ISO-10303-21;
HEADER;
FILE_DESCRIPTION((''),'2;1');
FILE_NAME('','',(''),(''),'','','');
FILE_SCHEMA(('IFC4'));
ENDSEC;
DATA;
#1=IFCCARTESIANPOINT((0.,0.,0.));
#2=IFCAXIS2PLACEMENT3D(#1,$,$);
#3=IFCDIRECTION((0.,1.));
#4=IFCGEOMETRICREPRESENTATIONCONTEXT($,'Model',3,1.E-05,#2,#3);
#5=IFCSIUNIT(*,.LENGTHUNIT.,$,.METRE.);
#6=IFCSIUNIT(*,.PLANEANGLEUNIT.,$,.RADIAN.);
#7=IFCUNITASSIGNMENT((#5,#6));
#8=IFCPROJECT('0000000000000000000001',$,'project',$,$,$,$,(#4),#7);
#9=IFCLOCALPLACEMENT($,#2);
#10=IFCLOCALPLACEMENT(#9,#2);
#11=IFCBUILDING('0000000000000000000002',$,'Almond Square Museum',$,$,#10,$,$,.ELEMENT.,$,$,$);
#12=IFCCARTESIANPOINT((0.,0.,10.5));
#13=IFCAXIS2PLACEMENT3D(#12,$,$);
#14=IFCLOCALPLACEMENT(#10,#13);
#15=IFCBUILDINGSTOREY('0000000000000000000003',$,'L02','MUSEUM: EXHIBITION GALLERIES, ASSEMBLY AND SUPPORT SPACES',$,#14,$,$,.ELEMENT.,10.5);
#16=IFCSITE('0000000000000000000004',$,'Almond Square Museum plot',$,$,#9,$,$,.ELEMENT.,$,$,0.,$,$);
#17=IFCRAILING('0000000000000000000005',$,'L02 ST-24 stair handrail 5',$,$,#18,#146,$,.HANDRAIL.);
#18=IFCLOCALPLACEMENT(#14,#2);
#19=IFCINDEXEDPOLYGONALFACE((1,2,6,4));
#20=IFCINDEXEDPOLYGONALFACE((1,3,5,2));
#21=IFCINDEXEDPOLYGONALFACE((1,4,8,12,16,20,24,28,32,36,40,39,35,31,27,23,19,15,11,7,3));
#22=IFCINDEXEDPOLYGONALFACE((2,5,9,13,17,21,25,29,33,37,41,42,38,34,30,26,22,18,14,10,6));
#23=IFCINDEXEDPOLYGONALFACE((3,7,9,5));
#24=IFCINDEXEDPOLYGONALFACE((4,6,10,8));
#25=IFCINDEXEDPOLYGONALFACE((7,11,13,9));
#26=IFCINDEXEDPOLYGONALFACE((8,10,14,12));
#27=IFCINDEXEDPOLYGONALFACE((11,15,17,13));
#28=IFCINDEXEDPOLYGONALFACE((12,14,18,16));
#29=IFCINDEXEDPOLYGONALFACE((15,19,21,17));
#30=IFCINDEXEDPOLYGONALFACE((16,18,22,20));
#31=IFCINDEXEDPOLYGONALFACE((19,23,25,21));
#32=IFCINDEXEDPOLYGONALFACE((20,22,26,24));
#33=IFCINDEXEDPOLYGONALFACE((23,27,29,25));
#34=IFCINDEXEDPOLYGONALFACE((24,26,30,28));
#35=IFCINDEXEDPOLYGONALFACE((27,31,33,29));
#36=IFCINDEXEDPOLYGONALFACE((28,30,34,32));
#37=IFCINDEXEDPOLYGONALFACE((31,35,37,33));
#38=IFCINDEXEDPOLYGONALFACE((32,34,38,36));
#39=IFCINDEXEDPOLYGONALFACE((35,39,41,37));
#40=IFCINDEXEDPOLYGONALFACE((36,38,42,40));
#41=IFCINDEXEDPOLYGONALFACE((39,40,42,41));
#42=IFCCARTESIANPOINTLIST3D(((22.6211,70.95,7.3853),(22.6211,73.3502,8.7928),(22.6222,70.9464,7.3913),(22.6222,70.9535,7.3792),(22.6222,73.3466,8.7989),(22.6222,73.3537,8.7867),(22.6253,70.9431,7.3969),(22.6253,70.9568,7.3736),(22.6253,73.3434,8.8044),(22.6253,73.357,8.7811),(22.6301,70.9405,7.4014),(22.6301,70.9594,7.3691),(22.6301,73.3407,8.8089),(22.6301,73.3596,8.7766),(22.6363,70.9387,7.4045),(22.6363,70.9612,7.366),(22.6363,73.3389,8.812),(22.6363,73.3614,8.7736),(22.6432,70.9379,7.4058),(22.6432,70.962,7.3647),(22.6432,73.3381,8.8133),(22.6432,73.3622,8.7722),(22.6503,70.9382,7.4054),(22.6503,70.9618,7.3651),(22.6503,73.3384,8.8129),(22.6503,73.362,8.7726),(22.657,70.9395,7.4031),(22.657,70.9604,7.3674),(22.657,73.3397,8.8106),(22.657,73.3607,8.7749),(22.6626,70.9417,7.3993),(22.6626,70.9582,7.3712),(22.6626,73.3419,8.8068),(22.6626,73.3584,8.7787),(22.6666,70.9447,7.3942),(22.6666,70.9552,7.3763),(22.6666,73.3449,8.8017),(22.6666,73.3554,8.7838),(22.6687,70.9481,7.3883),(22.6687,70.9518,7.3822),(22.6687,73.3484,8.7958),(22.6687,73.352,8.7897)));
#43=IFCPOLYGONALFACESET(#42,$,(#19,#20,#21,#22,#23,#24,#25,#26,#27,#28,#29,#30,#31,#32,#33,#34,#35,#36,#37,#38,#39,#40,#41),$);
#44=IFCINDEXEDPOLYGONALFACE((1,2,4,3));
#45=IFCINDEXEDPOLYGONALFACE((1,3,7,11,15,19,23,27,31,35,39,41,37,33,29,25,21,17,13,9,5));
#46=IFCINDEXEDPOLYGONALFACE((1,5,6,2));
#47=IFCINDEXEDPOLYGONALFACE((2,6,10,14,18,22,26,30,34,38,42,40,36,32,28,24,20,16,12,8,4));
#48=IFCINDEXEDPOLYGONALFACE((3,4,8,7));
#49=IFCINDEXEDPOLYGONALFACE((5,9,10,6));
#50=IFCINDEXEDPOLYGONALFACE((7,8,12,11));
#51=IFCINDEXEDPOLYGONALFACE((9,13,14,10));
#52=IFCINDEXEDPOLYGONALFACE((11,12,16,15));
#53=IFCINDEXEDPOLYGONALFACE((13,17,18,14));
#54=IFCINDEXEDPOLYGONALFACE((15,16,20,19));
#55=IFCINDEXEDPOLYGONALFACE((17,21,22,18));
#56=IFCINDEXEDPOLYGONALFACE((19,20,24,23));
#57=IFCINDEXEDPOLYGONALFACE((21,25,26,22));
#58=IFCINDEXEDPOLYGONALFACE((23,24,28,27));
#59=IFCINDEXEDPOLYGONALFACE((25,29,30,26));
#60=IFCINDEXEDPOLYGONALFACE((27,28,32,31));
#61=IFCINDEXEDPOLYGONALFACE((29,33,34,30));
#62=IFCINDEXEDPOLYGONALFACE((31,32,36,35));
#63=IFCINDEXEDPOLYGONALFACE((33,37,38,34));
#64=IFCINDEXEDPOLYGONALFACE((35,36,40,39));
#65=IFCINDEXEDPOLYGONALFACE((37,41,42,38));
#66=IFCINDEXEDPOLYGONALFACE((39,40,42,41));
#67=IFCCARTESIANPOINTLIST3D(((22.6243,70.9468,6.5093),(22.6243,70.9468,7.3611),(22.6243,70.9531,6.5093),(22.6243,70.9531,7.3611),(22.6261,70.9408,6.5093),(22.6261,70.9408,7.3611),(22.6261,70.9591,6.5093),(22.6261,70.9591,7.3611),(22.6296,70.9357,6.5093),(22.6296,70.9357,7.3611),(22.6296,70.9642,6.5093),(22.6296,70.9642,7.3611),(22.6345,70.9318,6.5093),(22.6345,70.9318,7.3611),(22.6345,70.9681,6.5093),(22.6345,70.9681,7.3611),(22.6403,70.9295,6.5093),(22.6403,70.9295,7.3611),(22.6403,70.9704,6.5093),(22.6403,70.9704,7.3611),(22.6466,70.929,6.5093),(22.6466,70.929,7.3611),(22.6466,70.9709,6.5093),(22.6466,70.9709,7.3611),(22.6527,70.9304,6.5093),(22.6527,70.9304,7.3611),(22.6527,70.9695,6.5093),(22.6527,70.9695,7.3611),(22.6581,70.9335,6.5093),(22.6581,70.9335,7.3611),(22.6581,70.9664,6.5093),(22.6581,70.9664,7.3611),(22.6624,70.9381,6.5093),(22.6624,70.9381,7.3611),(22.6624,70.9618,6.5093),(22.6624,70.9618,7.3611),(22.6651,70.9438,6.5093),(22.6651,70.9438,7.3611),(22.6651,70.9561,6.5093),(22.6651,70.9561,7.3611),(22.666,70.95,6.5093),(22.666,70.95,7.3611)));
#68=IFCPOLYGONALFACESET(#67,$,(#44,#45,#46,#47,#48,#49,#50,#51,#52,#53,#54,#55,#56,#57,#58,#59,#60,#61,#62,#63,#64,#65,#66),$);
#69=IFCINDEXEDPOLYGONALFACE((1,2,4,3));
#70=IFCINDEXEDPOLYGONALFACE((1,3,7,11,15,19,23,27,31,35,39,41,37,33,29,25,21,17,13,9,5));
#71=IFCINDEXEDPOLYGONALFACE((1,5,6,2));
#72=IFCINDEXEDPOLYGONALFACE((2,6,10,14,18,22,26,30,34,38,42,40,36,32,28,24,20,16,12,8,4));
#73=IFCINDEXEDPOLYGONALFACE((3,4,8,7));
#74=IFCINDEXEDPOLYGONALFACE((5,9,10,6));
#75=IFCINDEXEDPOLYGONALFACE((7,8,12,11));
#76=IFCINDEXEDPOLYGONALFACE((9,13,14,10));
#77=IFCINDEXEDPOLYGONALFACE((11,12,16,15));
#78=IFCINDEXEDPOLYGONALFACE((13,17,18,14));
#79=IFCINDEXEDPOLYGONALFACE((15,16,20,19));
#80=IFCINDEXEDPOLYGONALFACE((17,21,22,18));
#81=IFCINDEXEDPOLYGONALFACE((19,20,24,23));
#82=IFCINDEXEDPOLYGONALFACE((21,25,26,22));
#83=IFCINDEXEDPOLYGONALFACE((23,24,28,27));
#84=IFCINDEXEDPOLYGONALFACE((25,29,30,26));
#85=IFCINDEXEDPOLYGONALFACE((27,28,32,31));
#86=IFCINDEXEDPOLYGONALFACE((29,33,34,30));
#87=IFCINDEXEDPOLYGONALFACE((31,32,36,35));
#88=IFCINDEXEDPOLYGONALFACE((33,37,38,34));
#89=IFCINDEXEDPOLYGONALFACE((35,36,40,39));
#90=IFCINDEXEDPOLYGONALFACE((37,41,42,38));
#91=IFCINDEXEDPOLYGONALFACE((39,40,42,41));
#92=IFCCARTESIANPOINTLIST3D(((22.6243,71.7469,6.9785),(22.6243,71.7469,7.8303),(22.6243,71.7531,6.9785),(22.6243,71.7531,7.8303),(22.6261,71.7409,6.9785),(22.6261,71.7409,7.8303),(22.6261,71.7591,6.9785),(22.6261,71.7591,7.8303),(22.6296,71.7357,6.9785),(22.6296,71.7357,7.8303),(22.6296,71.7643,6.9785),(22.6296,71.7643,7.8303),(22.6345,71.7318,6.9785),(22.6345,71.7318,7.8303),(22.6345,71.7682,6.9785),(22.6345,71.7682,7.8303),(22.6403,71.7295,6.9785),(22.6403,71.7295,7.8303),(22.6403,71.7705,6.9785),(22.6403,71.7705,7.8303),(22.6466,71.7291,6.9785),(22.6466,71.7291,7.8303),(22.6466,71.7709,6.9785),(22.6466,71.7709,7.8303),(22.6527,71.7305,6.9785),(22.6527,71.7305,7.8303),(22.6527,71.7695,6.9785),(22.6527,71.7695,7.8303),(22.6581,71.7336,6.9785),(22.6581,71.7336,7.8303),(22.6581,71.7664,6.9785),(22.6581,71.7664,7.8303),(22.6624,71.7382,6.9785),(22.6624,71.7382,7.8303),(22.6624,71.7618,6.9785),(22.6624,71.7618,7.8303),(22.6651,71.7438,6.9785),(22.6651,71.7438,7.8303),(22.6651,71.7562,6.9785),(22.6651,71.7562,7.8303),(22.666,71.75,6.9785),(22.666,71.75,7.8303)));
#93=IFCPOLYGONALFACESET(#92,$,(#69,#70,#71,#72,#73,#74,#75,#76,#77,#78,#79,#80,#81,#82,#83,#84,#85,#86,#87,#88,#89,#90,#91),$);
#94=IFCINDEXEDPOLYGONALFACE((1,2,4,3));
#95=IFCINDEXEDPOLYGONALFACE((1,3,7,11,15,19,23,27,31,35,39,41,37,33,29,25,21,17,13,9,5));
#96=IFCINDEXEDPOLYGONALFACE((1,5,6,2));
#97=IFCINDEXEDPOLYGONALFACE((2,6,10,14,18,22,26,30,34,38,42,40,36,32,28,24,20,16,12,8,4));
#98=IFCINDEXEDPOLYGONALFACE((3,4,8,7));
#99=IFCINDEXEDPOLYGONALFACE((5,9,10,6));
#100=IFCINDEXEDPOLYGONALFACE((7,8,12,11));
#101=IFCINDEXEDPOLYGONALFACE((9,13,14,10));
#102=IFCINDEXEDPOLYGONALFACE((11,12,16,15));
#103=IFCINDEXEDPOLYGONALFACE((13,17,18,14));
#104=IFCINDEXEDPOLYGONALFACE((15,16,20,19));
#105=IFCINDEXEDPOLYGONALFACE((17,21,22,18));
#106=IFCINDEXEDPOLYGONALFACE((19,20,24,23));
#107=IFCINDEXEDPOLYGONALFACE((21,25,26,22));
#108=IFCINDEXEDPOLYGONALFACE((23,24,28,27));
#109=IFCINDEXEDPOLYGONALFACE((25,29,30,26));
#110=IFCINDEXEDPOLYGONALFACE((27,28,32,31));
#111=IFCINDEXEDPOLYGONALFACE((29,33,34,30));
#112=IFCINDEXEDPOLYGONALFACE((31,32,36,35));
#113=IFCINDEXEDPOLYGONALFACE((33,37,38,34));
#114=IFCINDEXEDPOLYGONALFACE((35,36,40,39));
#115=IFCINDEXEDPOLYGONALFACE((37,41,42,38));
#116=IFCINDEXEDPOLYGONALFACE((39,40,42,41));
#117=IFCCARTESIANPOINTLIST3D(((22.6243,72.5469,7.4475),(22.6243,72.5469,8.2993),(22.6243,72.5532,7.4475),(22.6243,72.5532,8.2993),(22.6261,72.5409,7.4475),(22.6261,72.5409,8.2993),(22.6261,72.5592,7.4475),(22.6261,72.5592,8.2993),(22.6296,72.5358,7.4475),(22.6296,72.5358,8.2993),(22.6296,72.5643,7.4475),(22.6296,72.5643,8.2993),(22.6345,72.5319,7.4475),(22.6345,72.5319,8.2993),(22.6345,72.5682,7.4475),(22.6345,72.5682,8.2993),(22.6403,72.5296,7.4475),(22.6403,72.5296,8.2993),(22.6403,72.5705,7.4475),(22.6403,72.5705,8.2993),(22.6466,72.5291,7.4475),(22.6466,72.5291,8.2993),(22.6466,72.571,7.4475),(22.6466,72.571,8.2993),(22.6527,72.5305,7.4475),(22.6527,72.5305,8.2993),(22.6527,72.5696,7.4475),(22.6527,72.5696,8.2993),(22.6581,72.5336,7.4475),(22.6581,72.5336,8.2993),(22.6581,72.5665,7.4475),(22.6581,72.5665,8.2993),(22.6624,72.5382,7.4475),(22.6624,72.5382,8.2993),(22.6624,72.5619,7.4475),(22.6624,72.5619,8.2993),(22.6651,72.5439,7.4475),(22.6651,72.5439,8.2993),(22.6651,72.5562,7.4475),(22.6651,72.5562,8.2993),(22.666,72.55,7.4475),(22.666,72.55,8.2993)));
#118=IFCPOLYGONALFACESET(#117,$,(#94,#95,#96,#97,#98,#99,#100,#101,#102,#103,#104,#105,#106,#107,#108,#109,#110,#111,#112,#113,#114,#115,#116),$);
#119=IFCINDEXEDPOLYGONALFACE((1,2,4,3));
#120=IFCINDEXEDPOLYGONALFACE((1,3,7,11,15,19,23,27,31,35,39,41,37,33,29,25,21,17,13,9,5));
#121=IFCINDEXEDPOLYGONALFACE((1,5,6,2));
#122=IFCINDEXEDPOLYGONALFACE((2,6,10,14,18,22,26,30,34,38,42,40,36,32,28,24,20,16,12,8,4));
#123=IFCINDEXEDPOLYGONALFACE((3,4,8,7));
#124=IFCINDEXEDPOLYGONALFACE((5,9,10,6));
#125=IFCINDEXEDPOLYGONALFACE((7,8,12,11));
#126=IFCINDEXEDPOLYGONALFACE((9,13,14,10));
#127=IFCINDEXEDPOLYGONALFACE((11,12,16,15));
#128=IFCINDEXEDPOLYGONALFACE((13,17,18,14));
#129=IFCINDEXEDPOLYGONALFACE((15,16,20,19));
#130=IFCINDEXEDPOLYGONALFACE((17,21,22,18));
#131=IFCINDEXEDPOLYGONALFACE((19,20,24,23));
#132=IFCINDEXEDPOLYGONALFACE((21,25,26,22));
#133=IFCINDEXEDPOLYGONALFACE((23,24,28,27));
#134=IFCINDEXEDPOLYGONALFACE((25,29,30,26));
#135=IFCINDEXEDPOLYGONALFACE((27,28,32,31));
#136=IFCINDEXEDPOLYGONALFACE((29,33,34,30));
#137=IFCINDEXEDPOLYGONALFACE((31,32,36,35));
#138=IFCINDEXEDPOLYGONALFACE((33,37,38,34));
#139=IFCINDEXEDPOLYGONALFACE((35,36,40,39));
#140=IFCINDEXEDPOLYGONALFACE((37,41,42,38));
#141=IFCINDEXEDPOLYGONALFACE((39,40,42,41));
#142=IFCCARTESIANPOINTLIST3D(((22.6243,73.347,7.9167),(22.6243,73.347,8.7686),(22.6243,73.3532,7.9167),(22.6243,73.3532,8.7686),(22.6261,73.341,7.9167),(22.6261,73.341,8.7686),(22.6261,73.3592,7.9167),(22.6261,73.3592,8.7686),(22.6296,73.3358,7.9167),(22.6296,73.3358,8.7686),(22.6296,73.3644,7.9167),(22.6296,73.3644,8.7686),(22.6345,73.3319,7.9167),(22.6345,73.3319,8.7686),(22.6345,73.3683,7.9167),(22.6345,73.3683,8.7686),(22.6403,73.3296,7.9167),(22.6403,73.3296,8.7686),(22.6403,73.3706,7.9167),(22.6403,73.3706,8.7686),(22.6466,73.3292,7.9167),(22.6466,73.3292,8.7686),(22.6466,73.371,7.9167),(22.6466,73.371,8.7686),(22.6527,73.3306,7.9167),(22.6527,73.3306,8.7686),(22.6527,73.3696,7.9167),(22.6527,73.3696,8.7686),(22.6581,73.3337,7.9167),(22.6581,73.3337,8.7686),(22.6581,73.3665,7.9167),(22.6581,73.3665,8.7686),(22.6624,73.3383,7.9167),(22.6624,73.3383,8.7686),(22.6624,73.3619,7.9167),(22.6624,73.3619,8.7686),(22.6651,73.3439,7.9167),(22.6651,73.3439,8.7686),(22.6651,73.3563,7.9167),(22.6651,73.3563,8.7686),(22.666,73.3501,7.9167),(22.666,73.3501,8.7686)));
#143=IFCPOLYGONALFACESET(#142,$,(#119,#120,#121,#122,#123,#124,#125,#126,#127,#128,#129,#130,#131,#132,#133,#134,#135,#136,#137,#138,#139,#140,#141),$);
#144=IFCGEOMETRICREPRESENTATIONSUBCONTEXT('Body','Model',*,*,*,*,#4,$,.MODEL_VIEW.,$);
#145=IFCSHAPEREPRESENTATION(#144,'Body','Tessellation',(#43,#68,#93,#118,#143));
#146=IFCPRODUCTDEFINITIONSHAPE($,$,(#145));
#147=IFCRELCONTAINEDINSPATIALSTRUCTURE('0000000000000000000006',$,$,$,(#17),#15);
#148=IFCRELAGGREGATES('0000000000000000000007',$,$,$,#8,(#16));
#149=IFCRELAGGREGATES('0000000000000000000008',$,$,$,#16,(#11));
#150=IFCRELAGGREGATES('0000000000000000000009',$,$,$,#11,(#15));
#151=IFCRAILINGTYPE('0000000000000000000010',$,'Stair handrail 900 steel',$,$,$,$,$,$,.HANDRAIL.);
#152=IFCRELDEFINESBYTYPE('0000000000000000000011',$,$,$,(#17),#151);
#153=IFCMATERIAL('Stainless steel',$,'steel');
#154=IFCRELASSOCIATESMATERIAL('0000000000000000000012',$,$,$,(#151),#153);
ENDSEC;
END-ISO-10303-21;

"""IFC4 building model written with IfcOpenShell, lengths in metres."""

from ifc_helpers import new_model, si_unit, direction, frame, origin, origin_2d, place, context, subcontext, project, spatial, circle, extrude, material, type_object, element, save


model = new_model("IFC4")

# Units and contexts
model_context = context("Model", 3, precision=1e-05, world=origin(), true_north=direction((0.0, 1.0)))
body_context = subcontext(model_context, "Body", "Model", "MODEL_VIEW")
ifc_project = project(units=[si_unit("LENGTHUNIT", "METRE"), si_unit("PLANEANGLEUNIT", "RADIAN")], contexts=[model_context])

# Site, building, storey
site_placement = place(None, origin())
site = spatial("IfcSite", under=ifc_project, at=site_placement, Name="Almond Square Museum plot", CompositionType="ELEMENT", RefElevation=0.0)
building_placement = place(site_placement, origin())
building = spatial("IfcBuilding", under=site, at=building_placement, Name="Almond Square Museum", CompositionType="ELEMENT")
storey_placement = place(building_placement, frame((0.0, 0.0, 10.5)))
storey = spatial("IfcBuildingStorey", under=building, at=storey_placement, Name="L02", Description="MUSEUM: EXHIBITION GALLERIES, ASSEMBLY AND SUPPORT SPACES", CompositionType="ELEMENT", Elevation=10.5)

# Railing
ifc_material_1 = material(Name="Stainless steel", Category="steel")
railing_type_1 = type_object("IfcRailingType", Name="Stair handrail 900 steel", PredefinedType="HANDRAIL", material=ifc_material_1)
railing_1_placement = place(storey_placement, frame((22.645, 70.95, 6.5093)))
element("IfcRailing", 1, at=railing_1_placement, inside=storey, type_object=railing_type_1, Name="L02 ST-24 stair handrail 5", PredefinedType="HANDRAIL", context=body_context, shape_type="SweptSolid", body=[
    extrude(circle(Radius=0.0239, at=origin_2d()), frame((0.0, 0.0, 0.876), z_axis=(0.0, 0.862621, 0.50585), x_axis=(-1.0, 0.0, 0.0)), (0.0, 0.0, 1.0), 2.7825),
    extrude(circle(Radius=0.021, at=origin_2d()), origin(), (0.0, 0.0, 1.0), 0.8518),
    extrude(circle(Radius=0.021, at=origin_2d()), frame((0.0, 0.8, 0.4692)), (0.0, 0.0, 1.0), 0.8518),
    extrude(circle(Radius=0.021, at=origin_2d()), frame((0.0, 1.6001, 0.9382)), (0.0, 0.0, 1.0), 0.8518),
    extrude(circle(Radius=0.021, at=origin_2d()), frame((0.0, 2.4001, 1.4075)), (0.0, 0.0, 1.0), 0.8518),
])

save(model, "model.ifc")
